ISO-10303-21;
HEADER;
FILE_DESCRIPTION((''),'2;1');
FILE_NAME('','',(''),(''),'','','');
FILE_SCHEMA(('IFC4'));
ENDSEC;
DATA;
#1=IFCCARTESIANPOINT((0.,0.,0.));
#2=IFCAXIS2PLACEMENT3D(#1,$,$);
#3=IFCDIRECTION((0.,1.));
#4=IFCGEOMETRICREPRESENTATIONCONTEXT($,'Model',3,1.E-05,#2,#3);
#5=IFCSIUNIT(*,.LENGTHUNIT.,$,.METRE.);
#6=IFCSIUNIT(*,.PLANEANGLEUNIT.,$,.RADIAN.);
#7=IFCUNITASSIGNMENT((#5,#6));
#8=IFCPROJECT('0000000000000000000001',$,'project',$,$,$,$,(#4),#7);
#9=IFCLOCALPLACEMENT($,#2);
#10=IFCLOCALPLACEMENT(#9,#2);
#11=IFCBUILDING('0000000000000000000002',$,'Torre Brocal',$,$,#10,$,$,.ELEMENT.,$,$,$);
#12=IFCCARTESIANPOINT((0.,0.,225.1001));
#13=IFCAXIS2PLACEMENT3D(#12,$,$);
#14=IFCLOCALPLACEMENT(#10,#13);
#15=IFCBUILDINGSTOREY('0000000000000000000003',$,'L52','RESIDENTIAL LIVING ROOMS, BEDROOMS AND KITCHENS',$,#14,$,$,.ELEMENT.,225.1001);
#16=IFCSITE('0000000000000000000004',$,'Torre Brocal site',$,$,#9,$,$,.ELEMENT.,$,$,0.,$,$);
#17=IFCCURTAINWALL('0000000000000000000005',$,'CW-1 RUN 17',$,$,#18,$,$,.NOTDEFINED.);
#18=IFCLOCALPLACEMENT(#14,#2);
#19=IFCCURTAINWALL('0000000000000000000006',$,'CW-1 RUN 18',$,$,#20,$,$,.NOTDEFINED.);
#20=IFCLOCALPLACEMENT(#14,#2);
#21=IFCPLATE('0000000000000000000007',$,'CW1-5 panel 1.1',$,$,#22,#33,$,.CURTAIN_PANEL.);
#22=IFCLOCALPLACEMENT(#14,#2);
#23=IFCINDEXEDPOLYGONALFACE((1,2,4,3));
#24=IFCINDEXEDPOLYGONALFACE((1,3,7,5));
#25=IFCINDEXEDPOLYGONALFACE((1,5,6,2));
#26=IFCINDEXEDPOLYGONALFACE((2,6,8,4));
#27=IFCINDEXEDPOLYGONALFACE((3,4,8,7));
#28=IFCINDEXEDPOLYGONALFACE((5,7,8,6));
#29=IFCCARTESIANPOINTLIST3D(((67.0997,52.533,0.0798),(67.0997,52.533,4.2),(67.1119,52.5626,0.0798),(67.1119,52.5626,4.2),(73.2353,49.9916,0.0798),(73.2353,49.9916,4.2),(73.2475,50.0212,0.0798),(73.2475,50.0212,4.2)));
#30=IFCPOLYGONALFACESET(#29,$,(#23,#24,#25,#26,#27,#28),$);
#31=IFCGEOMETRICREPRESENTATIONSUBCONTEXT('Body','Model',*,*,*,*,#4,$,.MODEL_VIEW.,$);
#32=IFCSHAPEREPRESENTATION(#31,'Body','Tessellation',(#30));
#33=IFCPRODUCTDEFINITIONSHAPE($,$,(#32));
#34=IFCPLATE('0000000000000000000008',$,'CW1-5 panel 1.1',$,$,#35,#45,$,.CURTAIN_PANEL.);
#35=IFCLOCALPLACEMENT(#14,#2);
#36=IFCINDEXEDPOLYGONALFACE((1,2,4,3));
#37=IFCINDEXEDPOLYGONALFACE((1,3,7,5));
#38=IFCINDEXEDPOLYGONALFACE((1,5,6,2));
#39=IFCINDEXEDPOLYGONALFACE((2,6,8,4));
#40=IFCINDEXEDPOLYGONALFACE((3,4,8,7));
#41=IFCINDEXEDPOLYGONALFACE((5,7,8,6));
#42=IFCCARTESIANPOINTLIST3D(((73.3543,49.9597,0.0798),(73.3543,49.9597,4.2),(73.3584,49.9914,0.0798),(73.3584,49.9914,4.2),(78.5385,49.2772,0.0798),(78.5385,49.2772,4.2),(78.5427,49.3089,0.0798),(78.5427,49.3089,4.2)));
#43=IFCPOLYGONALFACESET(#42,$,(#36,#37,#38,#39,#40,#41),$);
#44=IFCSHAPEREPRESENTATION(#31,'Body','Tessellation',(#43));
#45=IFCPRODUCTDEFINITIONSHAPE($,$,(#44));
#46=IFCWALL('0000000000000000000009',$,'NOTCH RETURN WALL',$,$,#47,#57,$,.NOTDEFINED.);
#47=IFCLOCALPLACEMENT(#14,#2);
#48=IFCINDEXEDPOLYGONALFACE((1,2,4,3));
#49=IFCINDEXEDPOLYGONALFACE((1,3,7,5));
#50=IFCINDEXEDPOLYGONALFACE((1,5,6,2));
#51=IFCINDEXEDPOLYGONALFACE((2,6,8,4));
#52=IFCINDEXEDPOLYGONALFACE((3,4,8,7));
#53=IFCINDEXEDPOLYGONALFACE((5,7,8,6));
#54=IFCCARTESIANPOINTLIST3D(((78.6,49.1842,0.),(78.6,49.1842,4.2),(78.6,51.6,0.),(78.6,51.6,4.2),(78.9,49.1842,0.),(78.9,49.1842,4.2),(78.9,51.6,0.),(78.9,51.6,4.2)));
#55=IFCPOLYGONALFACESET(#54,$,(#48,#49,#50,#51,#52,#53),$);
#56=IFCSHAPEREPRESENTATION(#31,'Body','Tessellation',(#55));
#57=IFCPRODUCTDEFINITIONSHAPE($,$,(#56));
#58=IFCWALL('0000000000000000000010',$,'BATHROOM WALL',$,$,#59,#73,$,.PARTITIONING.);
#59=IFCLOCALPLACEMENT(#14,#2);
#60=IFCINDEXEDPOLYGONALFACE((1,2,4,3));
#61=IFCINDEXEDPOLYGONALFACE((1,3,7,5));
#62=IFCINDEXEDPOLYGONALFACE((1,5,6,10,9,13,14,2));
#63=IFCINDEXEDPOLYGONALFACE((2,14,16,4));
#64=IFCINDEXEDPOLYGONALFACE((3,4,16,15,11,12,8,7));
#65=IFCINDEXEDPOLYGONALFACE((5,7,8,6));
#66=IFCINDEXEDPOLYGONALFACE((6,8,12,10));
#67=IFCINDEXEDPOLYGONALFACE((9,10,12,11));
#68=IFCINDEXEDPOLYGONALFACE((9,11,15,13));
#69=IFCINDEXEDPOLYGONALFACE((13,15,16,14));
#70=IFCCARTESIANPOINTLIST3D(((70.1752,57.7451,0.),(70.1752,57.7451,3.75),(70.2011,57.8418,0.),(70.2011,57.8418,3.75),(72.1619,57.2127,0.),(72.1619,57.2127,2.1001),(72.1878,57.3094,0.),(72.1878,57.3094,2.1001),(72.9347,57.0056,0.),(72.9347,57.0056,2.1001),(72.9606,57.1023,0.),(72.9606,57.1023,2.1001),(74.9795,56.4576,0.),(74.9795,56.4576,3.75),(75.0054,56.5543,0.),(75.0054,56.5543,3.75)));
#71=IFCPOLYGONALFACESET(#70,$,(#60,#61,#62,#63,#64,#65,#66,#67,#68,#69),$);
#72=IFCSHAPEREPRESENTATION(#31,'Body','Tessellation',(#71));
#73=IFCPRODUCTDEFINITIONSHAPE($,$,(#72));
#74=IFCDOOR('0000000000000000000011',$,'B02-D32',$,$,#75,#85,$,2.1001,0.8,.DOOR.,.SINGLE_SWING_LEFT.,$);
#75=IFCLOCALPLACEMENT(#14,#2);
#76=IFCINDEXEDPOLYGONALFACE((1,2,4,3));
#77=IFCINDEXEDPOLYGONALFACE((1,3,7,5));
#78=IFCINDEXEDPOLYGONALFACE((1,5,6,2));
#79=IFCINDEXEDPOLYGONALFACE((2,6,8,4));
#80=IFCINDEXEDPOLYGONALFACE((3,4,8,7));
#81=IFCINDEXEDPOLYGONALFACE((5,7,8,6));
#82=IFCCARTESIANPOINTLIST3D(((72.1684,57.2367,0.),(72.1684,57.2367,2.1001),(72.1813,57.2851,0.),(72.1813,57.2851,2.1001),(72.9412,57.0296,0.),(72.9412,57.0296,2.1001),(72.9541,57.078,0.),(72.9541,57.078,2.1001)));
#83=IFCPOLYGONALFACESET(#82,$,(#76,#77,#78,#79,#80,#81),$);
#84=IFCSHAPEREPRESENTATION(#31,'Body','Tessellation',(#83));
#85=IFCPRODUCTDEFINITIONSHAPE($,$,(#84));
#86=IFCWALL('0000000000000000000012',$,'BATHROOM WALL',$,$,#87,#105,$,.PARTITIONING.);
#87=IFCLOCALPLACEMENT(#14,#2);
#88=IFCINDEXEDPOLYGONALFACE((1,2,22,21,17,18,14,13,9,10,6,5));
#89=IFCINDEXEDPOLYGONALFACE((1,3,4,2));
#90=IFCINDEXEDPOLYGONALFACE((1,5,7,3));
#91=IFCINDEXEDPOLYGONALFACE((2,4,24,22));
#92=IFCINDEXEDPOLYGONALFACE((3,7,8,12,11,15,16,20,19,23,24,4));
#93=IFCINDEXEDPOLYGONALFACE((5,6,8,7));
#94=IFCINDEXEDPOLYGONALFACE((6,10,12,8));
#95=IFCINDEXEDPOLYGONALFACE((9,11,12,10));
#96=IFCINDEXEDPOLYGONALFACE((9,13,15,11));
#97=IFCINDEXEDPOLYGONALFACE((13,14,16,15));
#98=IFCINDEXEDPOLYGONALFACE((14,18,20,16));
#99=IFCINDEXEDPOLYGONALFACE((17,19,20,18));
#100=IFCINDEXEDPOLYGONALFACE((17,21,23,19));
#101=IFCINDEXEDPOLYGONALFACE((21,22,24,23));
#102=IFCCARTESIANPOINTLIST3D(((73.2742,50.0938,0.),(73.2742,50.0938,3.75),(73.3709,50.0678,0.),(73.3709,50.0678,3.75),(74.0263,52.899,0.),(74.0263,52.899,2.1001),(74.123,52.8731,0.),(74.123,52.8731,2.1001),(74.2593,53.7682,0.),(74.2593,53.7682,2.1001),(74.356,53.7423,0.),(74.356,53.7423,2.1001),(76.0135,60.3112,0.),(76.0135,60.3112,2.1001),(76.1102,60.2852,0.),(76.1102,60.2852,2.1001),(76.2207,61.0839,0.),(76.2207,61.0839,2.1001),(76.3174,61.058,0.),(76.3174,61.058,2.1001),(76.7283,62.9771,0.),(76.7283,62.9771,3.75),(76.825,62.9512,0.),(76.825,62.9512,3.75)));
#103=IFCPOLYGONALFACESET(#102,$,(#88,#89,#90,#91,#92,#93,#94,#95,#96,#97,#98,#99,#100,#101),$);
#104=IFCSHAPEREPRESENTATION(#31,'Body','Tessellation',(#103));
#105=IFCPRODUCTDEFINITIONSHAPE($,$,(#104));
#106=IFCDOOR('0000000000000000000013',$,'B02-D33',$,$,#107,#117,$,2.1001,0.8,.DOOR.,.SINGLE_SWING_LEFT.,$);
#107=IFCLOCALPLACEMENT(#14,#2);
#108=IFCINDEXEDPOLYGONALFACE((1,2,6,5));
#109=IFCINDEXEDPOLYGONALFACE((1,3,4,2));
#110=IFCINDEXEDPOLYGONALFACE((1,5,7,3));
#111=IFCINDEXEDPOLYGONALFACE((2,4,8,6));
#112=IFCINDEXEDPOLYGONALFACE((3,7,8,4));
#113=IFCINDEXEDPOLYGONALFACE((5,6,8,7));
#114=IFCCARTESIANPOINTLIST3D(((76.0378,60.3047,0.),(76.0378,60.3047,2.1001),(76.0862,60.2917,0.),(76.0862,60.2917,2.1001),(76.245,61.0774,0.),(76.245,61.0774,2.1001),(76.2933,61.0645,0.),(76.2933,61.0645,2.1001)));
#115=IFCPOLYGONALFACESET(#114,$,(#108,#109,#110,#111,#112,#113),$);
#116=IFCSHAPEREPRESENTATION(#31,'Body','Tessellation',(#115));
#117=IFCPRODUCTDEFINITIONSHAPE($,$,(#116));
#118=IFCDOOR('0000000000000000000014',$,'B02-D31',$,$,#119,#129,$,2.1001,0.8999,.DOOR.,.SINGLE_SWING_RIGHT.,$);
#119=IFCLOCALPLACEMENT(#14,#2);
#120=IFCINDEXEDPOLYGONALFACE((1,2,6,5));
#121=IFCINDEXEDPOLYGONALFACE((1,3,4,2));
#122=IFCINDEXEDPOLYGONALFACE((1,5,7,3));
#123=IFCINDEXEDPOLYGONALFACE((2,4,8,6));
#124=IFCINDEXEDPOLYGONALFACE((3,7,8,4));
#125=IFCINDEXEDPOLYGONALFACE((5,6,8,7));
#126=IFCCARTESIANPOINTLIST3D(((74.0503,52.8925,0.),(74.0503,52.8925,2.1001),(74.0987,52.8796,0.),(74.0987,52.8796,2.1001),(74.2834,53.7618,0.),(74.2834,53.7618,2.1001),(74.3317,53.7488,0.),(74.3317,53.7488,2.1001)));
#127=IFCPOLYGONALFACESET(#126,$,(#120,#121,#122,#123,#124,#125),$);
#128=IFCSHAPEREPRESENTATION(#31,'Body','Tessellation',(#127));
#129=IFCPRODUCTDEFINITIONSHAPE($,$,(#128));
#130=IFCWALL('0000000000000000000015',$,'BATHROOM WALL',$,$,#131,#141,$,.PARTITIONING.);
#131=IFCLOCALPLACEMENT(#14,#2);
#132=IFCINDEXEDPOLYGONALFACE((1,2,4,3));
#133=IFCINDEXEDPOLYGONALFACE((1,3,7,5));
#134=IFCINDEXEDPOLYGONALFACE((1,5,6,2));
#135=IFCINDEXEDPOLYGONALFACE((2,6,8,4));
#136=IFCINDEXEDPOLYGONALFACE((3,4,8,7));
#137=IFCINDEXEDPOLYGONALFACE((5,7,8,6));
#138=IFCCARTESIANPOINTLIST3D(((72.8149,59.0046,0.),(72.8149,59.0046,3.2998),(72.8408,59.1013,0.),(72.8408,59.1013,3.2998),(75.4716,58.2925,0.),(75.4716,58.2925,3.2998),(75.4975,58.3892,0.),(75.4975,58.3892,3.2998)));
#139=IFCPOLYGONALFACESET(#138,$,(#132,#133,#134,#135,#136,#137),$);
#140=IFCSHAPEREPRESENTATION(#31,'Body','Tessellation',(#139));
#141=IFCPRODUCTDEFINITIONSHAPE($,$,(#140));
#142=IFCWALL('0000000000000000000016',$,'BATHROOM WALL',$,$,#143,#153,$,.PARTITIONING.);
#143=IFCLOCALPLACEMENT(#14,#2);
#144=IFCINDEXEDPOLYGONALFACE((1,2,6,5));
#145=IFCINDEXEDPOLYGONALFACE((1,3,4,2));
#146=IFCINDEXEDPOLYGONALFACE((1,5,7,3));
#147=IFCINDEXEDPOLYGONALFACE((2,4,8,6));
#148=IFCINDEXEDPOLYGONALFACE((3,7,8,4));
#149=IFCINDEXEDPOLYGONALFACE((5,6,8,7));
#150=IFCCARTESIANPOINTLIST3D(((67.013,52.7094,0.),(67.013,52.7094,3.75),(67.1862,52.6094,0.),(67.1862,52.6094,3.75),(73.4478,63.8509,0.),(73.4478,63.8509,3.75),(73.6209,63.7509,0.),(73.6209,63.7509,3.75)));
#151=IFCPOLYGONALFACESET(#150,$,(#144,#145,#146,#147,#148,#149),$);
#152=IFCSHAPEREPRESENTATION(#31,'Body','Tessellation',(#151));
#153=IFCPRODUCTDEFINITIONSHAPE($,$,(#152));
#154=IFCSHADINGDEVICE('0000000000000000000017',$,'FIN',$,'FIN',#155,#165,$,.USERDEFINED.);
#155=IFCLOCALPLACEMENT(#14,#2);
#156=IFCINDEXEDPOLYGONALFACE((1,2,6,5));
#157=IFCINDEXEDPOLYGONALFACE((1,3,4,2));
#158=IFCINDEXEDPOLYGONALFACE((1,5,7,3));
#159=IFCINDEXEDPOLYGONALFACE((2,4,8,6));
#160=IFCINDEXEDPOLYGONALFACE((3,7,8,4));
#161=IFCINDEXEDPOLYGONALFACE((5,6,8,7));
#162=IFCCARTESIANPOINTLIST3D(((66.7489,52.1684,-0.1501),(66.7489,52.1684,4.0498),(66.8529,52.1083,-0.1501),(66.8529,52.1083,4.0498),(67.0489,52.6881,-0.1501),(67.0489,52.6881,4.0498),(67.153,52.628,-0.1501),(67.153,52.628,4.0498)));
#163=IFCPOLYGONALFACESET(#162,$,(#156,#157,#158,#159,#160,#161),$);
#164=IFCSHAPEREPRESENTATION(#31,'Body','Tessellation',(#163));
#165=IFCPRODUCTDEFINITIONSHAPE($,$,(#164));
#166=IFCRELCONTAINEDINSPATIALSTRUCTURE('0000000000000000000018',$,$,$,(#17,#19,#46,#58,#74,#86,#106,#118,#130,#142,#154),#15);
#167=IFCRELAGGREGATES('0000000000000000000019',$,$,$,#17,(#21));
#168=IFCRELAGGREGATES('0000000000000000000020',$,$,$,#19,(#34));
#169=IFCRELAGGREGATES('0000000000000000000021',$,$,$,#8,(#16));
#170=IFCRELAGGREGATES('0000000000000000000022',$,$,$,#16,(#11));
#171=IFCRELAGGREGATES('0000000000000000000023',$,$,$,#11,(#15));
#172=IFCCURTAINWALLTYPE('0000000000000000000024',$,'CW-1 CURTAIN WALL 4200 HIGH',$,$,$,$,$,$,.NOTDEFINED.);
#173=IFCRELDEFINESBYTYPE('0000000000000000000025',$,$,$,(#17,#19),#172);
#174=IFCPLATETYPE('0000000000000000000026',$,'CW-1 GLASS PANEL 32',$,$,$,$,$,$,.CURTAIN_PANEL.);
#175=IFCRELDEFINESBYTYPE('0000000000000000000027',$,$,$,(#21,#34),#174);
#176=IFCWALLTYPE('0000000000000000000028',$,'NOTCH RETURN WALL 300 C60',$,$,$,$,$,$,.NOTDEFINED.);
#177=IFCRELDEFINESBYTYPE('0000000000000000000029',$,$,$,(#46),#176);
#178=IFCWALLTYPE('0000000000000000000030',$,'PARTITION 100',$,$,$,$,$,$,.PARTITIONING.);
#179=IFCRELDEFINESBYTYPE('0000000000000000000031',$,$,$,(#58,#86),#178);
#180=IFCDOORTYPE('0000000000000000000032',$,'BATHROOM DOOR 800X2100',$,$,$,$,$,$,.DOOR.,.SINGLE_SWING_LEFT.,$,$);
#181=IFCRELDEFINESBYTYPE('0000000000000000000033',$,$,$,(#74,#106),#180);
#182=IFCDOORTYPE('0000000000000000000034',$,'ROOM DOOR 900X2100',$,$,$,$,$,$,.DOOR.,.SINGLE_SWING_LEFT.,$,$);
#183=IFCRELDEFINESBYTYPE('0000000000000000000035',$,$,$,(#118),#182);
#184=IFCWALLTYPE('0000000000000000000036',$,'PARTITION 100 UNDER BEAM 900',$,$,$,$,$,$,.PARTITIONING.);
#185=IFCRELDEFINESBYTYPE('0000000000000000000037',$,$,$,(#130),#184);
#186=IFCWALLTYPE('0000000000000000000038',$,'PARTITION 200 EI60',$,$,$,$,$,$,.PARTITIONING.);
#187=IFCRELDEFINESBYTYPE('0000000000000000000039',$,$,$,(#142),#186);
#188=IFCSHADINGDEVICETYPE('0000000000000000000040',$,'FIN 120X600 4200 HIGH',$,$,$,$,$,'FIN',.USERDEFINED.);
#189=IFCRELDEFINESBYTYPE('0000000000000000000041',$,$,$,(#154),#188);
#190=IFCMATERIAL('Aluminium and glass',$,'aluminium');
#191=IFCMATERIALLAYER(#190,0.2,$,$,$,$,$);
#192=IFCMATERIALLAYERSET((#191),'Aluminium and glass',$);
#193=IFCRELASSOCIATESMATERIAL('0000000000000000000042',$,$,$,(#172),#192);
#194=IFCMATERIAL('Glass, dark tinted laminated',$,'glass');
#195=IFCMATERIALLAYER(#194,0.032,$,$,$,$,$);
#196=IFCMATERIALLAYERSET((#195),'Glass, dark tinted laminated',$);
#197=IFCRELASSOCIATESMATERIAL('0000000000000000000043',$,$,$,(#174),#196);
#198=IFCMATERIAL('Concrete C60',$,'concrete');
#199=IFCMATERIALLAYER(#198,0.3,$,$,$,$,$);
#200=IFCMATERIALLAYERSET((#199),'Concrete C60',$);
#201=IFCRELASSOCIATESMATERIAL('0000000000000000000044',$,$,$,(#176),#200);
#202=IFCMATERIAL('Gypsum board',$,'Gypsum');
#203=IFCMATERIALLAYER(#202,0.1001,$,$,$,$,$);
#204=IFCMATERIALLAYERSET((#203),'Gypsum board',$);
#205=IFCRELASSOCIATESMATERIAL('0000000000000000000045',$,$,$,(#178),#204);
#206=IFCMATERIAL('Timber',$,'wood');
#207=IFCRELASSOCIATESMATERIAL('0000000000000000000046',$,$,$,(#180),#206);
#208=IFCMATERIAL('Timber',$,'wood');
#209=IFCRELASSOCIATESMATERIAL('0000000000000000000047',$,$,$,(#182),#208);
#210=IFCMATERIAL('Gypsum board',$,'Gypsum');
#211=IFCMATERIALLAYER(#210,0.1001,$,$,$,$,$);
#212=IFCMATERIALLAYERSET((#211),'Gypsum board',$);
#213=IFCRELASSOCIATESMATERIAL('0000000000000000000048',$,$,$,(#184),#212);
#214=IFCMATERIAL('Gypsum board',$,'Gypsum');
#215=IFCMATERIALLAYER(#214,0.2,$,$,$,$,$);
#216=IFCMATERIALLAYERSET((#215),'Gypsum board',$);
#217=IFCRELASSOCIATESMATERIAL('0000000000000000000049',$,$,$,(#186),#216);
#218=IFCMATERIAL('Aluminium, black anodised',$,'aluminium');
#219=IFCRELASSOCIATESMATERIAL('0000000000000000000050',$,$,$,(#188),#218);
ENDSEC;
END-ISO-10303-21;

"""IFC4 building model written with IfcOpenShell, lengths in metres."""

from ifc_helpers import new_model, si_unit, direction, frame, frame_2d, origin, origin_2d, place, context, subcontext, project, spatial, rectangle, extrude, material, layer, layer_set, material_profile, profile_set, type_object, element, fill, aggregate, save


model = new_model("IFC4")

# Units and contexts
model_context = context("Model", 3, precision=1e-05, world=origin(), true_north=direction((0.0, 1.0)))
body_context = subcontext(model_context, "Body", "Model", "MODEL_VIEW")
ifc_project = project(units=[si_unit("LENGTHUNIT", "METRE"), si_unit("PLANEANGLEUNIT", "RADIAN")], contexts=[model_context])

# Site, building, storey
site_placement = place(None, origin())
site = spatial("IfcSite", under=ifc_project, at=site_placement, Name="Torre Brocal site", CompositionType="ELEMENT", RefElevation=0.0)
building_placement = place(site_placement, origin())
building = spatial("IfcBuilding", under=site, at=building_placement, Name="Torre Brocal", CompositionType="ELEMENT")
storey_placement = place(building_placement, frame((0.0, 0.0, 225.1001)))
storey = spatial("IfcBuildingStorey", under=building, at=storey_placement, Name="L52", Description="RESIDENTIAL LIVING ROOMS, BEDROOMS AND KITCHENS", CompositionType="ELEMENT", Elevation=225.1001)

# Shared definitions
ifc_material_1 = material(Name="Aluminium and glass", Category="aluminium")
ifc_layer_1 = layer(ifc_material_1, 0.2)
ifc_layer_set_1 = layer_set([ifc_layer_1], Name="Aluminium and glass")
curtain_wall_type = type_object("IfcCurtainWallType", Name="CW-1 CURTAIN WALL 4200 HIGH", PredefinedType="NOTDEFINED", material=ifc_layer_set_1)

# Curtain walls
curtain_wall_1_placement = place(storey_placement, origin())
curtain_wall_1 = element("IfcCurtainWall", 1, at=curtain_wall_1_placement, inside=storey, type_object=curtain_wall_type, Name="CW-1 RUN 17", PredefinedType="NOTDEFINED")
curtain_wall_2_placement = place(storey_placement, origin())
curtain_wall_2 = element("IfcCurtainWall", 2, at=curtain_wall_2_placement, inside=storey, type_object=curtain_wall_type, Name="CW-1 RUN 18", PredefinedType="NOTDEFINED")

# Plates
ifc_material_2 = material(Name="Glass, dark tinted laminated", Category="glass")
ifc_layer_2 = layer(ifc_material_2, 0.032)
ifc_layer_set_2 = layer_set([ifc_layer_2], Name="Glass, dark tinted laminated")
plate_type = type_object("IfcPlateType", Name="CW-1 GLASS PANEL 32", PredefinedType="CURTAIN_PANEL", material=ifc_layer_set_2)
plate_1_placement = place(storey_placement, frame((70.1736, 51.2771, 0.0798), z_axis=(0.0, 0.0, 1.0), x_axis=(0.92388, -0.382683, 0.0)))
plate_1 = element("IfcPlate", 3, at=plate_1_placement, type_object=plate_type, Name="CW1-5 panel 1.1", PredefinedType="CURTAIN_PANEL", context=body_context, shape_type="SweptSolid", body=[
    extrude(rectangle(XDim=6.6411, YDim=0.032, at=origin_2d()), origin(), (0.0, 0.0, 1.0), 4.1201),
])
aggregate(curtain_wall_1, [plate_1])
plate_2_placement = place(storey_placement, frame((75.9485, 49.6343, 0.0798), z_axis=(0.0, 0.0, 1.0), x_axis=(0.991445, -0.130526, 0.0)))
plate_2 = element("IfcPlate", 4, at=plate_2_placement, type_object=plate_type, Name="CW1-5 panel 1.1", PredefinedType="CURTAIN_PANEL", context=body_context, shape_type="SweptSolid", body=[
    extrude(rectangle(XDim=5.229, YDim=0.032, at=origin_2d()), origin(), (0.0, 0.0, 1.0), 4.1201),
])
aggregate(curtain_wall_2, [plate_2])

# Wall
ifc_material_3 = material(Name="Concrete C60", Category="concrete")
ifc_layer_3 = layer(ifc_material_3, 0.3)
ifc_layer_set_3 = layer_set([ifc_layer_3], Name="Concrete C60")
wall_type_1 = type_object("IfcWallType", Name="NOTCH RETURN WALL 300 C60", PredefinedType="NOTDEFINED", material=ifc_layer_set_3)
wall_1_placement = place(storey_placement, frame((78.75, 51.6001, 0.0), z_axis=(0.0, 0.0, 1.0), x_axis=(0.0, -1.0, 0.0)))
element("IfcWall", 5, at=wall_1_placement, inside=storey, type_object=wall_type_1, Name="NOTCH RETURN WALL", PredefinedType="NOTDEFINED", context=body_context, shape_type="SweptSolid", body=[
    extrude(rectangle(XDim=2.4158, YDim=0.3, at=frame_2d((1.208, 0.0))), origin(), (0.0, 0.0, 1.0), 4.2),
])

# Wall, opening, door
ifc_material_4 = material(Name="Gypsum board", Category="Gypsum")
ifc_layer_4 = layer(ifc_material_4, 0.1001)
ifc_layer_set_4 = layer_set([ifc_layer_4], Name="Gypsum board")
wall_type_2 = type_object("IfcWallType", Name="PARTITION 100", PredefinedType="PARTITIONING", material=ifc_layer_set_4)
wall_2_placement = place(storey_placement, frame((70.1882, 57.7935, 0.0), z_axis=(0.0, 0.0, 1.0), x_axis=(0.965913, -0.258866, 0.0)))
wall_2 = element("IfcWall", 6, at=wall_2_placement, inside=storey, type_object=wall_type_2, Name="BATHROOM WALL", PredefinedType="PARTITIONING", context=body_context, shape_type="SweptSolid", body=[
    extrude(rectangle(XDim=4.9739, YDim=0.1001, at=frame_2d((2.4868, 0.0))), origin(), (0.0, 0.0, 1.0), 3.75),
])
opening_1_placement = place(wall_2_placement, frame((2.0569, 0.0, 0.0)))
opening_1 = element("IfcOpeningElement", 7, at=opening_1_placement, cuts=wall_2, PredefinedType="OPENING", context=body_context, shape_type="SweptSolid", body=[
    extrude(rectangle(XDim=0.8, YDim=2.1001, at=frame_2d((0.3999, 1.05))), frame((0.0, 0.0601, 0.0), z_axis=(0.0, -1.0, 0.0), x_axis=(1.0, 0.0, 0.0)), (0.0, 0.0, 1.0), 0.1201),
])
ifc_material_5 = material(Name="Timber", Category="wood")
door_type_1 = type_object("IfcDoorType", Name="BATHROOM DOOR 800X2100", OperationType="SINGLE_SWING_LEFT", PredefinedType="DOOR", material=ifc_material_5)
door_1_placement = place(opening_1_placement, origin())
door_1 = element("IfcDoor", 8, at=door_1_placement, inside=storey, type_object=door_type_1, Name="B02-D32", OperationType="SINGLE_SWING_LEFT", OverallHeight=2.1001, OverallWidth=0.8, PredefinedType="DOOR", context=body_context, shape_type="SweptSolid", body=[
    extrude(rectangle(XDim=0.8, YDim=2.1001, at=frame_2d((0.3999, 1.05))), frame((0.0, 0.0249, 0.0), z_axis=(0.0, -1.0, 0.0), x_axis=(1.0, 0.0, 0.0)), (0.0, 0.0, 1.0), 0.05),
])
fill(opening_1, door_1)

# Wall, openings, doors
wall_3_placement = place(storey_placement, frame((73.3225, 50.0808, 0.0), z_axis=(0.0, 0.0, 1.0), x_axis=(0.258961, 0.965888, 0.0)))
wall_3 = element("IfcWall", 9, at=wall_3_placement, inside=storey, type_object=wall_type_2, Name="BATHROOM WALL", PredefinedType="PARTITIONING", context=body_context, shape_type="SweptSolid", body=[
    extrude(rectangle(XDim=13.3384, YDim=0.1001, at=frame_2d((6.6692, 0.0))), origin(), (0.0, 0.0, 1.0), 3.75),
])
opening_2_placement = place(wall_3_placement, frame((2.9043, 0.0, 0.0)))
opening_2 = element("IfcOpeningElement", 10, at=opening_2_placement, cuts=wall_3, PredefinedType="OPENING", context=body_context, shape_type="SweptSolid", body=[
    extrude(rectangle(XDim=0.8999, YDim=2.1001, at=frame_2d((0.45, 1.05))), frame((0.0, 0.0601, 0.0), z_axis=(0.0, -1.0, 0.0), x_axis=(1.0, 0.0, 0.0)), (0.0, 0.0, 1.0), 0.1201),
])
opening_3_placement = place(wall_3_placement, frame((10.5784, 0.0, 0.0)))
opening_3 = element("IfcOpeningElement", 11, at=opening_3_placement, cuts=wall_3, PredefinedType="OPENING", context=body_context, shape_type="SweptSolid", body=[
    extrude(rectangle(XDim=0.8, YDim=2.1001, at=frame_2d((0.3999, 1.05))), frame((0.0, 0.0601, 0.0), z_axis=(0.0, -1.0, 0.0), x_axis=(1.0, 0.0, 0.0)), (0.0, 0.0, 1.0), 0.1201),
])
door_2_placement = place(opening_3_placement, origin())
door_2 = element("IfcDoor", 12, at=door_2_placement, inside=storey, type_object=door_type_1, Name="B02-D33", OperationType="SINGLE_SWING_LEFT", OverallHeight=2.1001, OverallWidth=0.8, PredefinedType="DOOR", context=body_context, shape_type="SweptSolid", body=[
    extrude(rectangle(XDim=0.8, YDim=2.1001, at=frame_2d((0.3999, 1.05))), frame((0.0, 0.0249, 0.0), z_axis=(0.0, -1.0, 0.0), x_axis=(1.0, 0.0, 0.0)), (0.0, 0.0, 1.0), 0.05),
])
fill(opening_3, door_2)
ifc_material_6 = material(Name="Timber", Category="wood")
door_type_2 = type_object("IfcDoorType", Name="ROOM DOOR 900X2100", OperationType="SINGLE_SWING_LEFT", PredefinedType="DOOR", material=ifc_material_6)
door_3_placement = place(opening_2_placement, frame((0.8999, 0.0, 0.0), z_axis=(0.0, 0.0, 1.0), x_axis=(-1.0, 0.0, 0.0)))
door_3 = element("IfcDoor", 13, at=door_3_placement, inside=storey, type_object=door_type_2, Name="B02-D31", OperationType="SINGLE_SWING_RIGHT", OverallHeight=2.1001, OverallWidth=0.8999, PredefinedType="DOOR", context=body_context, shape_type="SweptSolid", body=[
    extrude(rectangle(XDim=0.8999, YDim=2.1001, at=frame_2d((0.45, 1.05))), frame((0.0, 0.0249, 0.0), z_axis=(0.0, -1.0, 0.0), x_axis=(1.0, 0.0, 0.0)), (0.0, 0.0, 1.0), 0.05),
])
fill(opening_2, door_3)

# Walls
ifc_material_7 = material(Name="Gypsum board", Category="Gypsum")
ifc_layer_5 = layer(ifc_material_7, 0.1001)
ifc_layer_set_5 = layer_set([ifc_layer_5], Name="Gypsum board")
wall_type_3 = type_object("IfcWallType", Name="PARTITION 100 UNDER BEAM 900", PredefinedType="PARTITIONING", material=ifc_layer_set_5)
wall_4_placement = place(storey_placement, frame((72.8279, 59.053, 0.0), z_axis=(0.0, 0.0, 1.0), x_axis=(0.9659, -0.258917, 0.0)))
element("IfcWall", 14, at=wall_4_placement, inside=storey, type_object=wall_type_3, Name="BATHROOM WALL", PredefinedType="PARTITIONING", context=body_context, shape_type="SweptSolid", body=[
    extrude(rectangle(XDim=2.7505, YDim=0.1001, at=frame_2d((1.3752, 0.0))), origin(), (0.0, 0.0, 1.0), 3.2998),
])
ifc_material_8 = material(Name="Gypsum board", Category="Gypsum")
ifc_layer_6 = layer(ifc_material_8, 0.2)
ifc_layer_set_6 = layer_set([ifc_layer_6], Name="Gypsum board")
wall_type_4 = type_object("IfcWallType", Name="PARTITION 200 EI60", PredefinedType="PARTITIONING", material=ifc_layer_set_6)
wall_5_placement = place(storey_placement, frame((67.0996, 52.6594, 0.0), z_axis=(0.0, 0.0, 1.0), x_axis=(0.500129, 0.865951, 0.0)))
element("IfcWall", 15, at=wall_5_placement, inside=storey, type_object=wall_type_4, Name="BATHROOM WALL", PredefinedType="PARTITIONING", context=body_context, shape_type="SweptSolid", body=[
    extrude(rectangle(XDim=12.8662, YDim=0.2, at=frame_2d((6.4331, 0.0))), origin(), (0.0, 0.0, 1.0), 3.75),
])

# Shading device
ifc_material_9 = material(Name="Aluminium, black anodised", Category="aluminium")
ifc_material_profile_1 = material_profile(ifc_material_9, rectangle(XDim=0.1201, YDim=0.6001, at=origin_2d()), Name="FIN 120X600 4200 HIGH")
ifc_profile_set_1 = profile_set([ifc_material_profile_1], Name="Aluminium, black anodised")
shading_device_type = type_object("IfcShadingDeviceType", Name="FIN 120X600 4200 HIGH", ElementType="FIN", PredefinedType="USERDEFINED", material=ifc_profile_set_1)
for number, where, z_axis, x_axis, name in (
    (16, (66.9509, 52.3982, -0.1501), (0.0, 0.0, 1.0), (0.866025, -0.5, 0.0), "FIN"),
):
    element("IfcShadingDevice", number, at=place(storey_placement, frame(where, z_axis=z_axis, x_axis=x_axis)), inside=storey, type_object=shading_device_type, Name=name, ObjectType="FIN", PredefinedType="USERDEFINED", context=body_context, shape_type="SweptSolid", body=[
        extrude(rectangle(XDim=0.1201, YDim=0.6001, at=origin_2d()), origin(), (0.0, 0.0, 1.0), 4.2),
    ])

save(model, "model.ifc")
